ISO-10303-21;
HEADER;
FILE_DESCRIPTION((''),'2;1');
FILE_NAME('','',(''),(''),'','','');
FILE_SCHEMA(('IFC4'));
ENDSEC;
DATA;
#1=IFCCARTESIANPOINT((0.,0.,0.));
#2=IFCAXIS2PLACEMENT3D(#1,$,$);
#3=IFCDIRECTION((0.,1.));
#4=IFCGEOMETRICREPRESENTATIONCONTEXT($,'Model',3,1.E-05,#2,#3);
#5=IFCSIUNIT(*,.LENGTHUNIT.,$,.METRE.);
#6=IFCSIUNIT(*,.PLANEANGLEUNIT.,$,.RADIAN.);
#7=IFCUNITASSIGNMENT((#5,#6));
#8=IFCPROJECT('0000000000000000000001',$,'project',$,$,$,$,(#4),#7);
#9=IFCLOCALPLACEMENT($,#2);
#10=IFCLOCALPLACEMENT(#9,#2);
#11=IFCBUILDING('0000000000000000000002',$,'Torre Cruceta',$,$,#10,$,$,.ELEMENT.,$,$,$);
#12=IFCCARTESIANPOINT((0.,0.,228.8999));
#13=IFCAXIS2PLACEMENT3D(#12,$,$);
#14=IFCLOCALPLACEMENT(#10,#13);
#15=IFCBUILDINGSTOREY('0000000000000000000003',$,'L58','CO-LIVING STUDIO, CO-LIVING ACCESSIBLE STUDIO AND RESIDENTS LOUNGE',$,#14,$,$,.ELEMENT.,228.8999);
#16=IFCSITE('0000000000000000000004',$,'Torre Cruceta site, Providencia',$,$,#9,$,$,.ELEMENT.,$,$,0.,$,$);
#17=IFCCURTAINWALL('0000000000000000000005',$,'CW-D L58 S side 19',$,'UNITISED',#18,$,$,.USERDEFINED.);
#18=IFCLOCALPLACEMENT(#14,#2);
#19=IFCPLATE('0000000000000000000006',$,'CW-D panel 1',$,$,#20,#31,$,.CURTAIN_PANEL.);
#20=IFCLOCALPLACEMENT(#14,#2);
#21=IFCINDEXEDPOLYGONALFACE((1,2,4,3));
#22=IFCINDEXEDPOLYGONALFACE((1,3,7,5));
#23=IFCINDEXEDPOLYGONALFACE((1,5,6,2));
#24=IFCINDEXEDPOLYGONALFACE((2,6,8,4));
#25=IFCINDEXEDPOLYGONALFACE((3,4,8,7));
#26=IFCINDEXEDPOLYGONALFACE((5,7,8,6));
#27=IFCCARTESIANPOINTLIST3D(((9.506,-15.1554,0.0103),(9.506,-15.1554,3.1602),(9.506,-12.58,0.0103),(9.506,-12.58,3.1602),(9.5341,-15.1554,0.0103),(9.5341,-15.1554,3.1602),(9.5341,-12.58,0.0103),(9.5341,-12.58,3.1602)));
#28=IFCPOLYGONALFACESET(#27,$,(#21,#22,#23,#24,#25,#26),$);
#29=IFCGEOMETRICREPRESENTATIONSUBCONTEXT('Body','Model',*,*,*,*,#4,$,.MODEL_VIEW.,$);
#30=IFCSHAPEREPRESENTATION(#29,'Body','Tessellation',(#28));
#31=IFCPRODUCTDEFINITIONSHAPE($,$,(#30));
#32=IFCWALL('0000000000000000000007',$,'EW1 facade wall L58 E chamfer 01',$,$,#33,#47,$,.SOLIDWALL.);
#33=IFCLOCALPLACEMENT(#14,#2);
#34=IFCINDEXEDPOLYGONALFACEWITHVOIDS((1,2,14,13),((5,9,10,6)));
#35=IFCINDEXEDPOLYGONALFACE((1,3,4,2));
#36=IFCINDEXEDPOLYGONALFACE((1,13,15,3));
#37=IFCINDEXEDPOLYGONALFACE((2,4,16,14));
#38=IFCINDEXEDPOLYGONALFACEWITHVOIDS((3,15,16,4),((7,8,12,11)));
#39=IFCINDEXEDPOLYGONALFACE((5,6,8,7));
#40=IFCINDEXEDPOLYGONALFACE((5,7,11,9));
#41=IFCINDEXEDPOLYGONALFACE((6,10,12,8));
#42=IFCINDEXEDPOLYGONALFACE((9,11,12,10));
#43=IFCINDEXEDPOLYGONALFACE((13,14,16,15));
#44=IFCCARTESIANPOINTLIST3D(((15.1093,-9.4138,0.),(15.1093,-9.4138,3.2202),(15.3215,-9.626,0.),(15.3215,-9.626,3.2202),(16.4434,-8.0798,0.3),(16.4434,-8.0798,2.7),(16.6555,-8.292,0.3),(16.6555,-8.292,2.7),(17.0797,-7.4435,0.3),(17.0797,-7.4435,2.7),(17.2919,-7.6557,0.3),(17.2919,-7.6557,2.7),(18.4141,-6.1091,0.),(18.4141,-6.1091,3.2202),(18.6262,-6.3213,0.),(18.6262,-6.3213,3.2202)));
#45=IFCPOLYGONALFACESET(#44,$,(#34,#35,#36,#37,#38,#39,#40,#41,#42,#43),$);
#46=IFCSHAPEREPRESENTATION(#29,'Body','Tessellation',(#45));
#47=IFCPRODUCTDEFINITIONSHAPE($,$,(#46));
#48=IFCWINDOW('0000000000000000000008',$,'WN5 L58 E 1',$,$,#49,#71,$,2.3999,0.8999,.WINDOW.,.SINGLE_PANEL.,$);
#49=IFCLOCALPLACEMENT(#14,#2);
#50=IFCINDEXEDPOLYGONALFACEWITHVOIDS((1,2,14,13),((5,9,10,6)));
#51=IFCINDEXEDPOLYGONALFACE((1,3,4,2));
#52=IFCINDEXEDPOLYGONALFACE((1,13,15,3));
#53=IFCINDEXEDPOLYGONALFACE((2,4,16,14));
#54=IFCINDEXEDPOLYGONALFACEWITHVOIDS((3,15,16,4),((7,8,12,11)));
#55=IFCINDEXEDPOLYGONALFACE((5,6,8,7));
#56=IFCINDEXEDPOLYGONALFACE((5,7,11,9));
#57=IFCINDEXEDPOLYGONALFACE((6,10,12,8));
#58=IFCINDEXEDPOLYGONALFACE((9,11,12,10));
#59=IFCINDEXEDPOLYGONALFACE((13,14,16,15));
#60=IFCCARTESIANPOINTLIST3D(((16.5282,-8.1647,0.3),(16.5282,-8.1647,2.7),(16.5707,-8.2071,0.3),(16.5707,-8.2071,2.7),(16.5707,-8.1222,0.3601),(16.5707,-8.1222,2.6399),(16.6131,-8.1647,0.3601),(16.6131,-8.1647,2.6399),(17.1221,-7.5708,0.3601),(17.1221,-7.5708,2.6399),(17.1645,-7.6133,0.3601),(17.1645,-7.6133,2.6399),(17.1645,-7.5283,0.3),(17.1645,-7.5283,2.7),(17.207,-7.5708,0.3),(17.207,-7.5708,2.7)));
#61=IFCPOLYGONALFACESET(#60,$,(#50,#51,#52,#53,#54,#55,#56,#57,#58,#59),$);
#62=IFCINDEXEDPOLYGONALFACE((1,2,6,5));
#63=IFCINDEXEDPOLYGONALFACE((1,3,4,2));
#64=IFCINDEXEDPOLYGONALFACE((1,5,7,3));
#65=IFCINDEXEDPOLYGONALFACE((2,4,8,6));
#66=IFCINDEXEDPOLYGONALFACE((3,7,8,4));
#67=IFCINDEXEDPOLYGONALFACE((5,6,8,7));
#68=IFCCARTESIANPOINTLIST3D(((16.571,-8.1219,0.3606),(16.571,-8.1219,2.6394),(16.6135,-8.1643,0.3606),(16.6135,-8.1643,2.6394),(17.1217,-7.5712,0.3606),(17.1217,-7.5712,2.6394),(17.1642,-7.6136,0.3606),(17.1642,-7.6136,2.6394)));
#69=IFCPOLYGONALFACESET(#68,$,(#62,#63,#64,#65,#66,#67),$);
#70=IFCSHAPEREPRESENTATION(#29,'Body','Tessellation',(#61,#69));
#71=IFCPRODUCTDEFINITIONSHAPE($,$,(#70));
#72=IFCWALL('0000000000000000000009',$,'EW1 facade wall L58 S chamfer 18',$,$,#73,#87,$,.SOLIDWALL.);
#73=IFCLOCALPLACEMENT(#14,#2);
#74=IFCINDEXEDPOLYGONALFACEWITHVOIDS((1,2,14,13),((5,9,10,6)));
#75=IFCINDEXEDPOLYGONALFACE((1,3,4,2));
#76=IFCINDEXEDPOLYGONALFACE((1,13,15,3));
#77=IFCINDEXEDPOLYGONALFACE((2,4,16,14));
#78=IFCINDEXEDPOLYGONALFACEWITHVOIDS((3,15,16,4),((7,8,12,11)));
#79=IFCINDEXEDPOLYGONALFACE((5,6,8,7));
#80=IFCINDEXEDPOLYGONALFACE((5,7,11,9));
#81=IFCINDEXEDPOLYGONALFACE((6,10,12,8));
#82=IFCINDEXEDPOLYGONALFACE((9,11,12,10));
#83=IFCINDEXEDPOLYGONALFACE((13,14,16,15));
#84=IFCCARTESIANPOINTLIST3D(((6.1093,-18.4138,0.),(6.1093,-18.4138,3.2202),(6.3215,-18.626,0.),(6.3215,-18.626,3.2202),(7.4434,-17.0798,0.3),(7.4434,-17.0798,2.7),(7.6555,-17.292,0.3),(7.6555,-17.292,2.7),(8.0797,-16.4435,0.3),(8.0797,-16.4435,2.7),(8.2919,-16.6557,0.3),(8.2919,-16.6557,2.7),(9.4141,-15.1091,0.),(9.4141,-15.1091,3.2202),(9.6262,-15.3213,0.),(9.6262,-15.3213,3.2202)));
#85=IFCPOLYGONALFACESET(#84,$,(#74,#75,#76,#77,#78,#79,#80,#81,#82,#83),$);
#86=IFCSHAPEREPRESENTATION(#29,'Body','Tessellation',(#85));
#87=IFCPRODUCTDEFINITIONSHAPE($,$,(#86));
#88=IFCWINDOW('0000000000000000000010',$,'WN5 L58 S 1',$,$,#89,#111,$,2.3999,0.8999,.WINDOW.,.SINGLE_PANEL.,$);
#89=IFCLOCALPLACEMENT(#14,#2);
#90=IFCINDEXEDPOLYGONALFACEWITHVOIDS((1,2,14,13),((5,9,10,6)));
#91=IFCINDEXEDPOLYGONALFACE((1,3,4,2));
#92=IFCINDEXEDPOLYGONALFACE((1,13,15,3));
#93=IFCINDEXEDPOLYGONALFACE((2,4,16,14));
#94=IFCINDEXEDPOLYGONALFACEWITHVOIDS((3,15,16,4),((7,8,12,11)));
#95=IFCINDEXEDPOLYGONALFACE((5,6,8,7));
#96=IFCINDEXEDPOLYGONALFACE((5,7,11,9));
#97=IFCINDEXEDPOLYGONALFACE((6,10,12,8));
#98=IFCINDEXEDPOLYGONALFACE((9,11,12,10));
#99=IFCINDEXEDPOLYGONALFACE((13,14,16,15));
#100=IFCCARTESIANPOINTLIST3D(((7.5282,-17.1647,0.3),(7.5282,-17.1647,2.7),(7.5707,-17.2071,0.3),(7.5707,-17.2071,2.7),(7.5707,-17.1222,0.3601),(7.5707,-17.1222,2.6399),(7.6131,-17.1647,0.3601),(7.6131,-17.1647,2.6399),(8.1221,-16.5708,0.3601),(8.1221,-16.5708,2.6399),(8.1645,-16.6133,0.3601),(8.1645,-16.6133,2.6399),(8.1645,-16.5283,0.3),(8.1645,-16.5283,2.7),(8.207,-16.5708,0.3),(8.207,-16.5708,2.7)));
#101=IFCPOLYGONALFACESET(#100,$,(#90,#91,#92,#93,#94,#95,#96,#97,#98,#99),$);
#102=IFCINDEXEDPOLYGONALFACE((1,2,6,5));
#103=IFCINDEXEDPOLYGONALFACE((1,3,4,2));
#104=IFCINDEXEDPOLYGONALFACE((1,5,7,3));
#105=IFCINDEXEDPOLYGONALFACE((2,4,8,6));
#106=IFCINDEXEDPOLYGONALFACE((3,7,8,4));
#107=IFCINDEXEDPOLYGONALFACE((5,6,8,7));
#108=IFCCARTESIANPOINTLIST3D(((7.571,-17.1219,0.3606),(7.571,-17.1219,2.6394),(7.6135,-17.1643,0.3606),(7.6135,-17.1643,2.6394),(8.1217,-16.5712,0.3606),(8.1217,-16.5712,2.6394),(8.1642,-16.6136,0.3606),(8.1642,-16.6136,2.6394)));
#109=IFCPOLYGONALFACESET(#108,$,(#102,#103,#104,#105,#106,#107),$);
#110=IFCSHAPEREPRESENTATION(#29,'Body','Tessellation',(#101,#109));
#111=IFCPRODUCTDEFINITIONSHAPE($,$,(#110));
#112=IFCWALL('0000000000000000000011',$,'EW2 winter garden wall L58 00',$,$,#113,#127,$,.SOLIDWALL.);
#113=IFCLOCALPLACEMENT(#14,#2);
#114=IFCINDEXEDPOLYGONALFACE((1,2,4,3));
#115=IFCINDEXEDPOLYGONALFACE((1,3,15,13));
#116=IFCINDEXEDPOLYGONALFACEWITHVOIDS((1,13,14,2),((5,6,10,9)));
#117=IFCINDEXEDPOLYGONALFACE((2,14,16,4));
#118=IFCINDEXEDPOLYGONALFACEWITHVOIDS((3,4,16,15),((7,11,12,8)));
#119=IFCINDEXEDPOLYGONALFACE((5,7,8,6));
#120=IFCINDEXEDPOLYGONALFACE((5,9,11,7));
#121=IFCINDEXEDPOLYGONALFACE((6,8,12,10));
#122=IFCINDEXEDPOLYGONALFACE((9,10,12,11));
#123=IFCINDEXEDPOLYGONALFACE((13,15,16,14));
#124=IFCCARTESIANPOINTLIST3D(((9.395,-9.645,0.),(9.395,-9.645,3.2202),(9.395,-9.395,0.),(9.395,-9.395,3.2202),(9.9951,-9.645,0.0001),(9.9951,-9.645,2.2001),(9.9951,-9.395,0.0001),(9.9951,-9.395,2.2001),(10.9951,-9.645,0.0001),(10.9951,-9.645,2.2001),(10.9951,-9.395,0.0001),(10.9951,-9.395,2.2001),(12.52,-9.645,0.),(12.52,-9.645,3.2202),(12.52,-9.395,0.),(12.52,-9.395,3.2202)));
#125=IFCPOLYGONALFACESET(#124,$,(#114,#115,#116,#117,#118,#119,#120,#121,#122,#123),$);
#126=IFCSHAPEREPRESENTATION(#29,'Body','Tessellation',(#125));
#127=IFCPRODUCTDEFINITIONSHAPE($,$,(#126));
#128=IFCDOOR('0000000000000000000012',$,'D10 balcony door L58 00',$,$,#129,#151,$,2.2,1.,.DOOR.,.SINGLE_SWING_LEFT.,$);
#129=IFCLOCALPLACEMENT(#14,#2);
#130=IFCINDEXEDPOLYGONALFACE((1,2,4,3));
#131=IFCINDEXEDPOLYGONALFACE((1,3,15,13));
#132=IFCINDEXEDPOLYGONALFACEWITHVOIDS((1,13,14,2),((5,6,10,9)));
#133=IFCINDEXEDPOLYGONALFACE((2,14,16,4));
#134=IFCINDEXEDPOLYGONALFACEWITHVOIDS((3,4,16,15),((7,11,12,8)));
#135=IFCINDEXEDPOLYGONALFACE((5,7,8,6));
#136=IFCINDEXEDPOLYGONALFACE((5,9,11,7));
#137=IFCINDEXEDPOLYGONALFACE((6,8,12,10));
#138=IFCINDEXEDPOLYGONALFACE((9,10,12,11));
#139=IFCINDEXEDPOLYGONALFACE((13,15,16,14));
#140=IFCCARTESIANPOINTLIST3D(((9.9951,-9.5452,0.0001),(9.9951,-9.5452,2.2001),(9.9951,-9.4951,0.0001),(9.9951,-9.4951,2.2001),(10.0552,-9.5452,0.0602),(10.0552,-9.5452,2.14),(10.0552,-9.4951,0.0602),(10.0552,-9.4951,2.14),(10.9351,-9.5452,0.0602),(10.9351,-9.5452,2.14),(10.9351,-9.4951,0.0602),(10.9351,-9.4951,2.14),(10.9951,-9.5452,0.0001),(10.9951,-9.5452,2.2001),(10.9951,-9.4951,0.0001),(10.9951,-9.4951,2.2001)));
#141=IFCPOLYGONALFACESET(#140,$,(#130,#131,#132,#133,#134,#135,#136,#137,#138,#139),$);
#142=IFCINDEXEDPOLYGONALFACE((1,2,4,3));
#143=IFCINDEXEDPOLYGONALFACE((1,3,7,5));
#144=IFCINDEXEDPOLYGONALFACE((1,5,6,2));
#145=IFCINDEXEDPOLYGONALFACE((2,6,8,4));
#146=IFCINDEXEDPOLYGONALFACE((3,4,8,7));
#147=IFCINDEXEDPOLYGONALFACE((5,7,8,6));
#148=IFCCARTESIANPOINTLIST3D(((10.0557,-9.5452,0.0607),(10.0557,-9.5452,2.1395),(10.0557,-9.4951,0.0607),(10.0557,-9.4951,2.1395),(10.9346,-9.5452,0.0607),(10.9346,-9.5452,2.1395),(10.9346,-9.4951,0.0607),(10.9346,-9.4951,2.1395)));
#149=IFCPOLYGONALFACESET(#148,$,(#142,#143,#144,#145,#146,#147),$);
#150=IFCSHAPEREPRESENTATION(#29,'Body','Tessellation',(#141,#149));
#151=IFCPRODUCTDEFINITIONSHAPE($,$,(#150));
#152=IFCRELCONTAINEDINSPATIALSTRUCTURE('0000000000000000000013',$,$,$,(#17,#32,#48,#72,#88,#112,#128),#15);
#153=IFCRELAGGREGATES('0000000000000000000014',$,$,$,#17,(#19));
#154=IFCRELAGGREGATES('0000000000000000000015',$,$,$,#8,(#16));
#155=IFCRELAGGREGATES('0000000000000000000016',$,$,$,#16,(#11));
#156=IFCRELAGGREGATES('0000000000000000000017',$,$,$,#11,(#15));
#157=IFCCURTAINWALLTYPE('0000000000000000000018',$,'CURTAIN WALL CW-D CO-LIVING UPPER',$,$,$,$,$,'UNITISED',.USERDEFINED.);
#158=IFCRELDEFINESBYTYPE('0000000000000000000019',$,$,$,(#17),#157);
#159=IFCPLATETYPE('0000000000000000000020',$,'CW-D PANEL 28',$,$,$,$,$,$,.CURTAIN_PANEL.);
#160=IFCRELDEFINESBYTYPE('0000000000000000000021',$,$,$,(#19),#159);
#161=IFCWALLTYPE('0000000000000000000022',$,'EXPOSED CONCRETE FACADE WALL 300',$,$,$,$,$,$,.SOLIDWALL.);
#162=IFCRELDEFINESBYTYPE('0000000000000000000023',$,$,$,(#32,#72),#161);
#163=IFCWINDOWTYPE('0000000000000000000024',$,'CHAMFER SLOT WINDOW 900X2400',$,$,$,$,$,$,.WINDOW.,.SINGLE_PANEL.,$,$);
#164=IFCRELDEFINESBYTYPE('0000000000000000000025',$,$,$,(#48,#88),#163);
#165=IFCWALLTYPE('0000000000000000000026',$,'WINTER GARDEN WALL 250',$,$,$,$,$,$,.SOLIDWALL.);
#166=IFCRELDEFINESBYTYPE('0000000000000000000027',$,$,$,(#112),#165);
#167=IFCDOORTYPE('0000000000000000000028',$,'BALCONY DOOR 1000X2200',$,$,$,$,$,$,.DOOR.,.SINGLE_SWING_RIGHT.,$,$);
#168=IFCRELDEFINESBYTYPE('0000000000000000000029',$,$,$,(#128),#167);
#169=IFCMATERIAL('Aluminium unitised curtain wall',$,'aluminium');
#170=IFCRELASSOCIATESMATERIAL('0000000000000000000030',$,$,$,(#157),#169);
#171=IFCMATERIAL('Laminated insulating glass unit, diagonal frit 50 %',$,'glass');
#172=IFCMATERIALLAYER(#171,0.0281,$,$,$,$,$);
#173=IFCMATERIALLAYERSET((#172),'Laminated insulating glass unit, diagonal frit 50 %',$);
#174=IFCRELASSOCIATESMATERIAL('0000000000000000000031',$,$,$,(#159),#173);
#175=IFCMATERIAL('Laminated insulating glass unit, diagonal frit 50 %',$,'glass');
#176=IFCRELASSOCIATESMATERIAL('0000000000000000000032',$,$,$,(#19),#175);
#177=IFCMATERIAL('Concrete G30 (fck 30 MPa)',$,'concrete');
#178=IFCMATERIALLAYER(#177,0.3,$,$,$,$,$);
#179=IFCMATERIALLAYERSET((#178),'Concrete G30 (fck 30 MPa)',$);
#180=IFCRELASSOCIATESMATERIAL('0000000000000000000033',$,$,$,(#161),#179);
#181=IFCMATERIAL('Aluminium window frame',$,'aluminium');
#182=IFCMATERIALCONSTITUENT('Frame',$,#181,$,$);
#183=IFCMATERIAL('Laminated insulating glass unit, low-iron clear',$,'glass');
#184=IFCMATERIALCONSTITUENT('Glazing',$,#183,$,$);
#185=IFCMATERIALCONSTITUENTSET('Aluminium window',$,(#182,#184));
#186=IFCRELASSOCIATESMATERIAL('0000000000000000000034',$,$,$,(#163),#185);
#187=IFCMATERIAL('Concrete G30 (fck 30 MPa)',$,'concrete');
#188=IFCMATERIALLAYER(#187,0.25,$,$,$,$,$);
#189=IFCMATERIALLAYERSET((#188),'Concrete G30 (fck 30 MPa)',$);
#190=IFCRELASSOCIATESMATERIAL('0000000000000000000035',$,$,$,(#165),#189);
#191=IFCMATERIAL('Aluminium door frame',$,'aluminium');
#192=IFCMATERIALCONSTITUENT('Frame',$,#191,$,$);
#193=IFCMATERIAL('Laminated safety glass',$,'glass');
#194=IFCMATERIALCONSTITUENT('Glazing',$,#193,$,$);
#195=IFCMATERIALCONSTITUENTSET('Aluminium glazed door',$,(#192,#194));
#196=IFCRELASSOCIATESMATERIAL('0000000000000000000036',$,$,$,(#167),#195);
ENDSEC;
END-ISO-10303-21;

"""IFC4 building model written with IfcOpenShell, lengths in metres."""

from ifc_helpers import new_model, si_unit, direction, frame, frame_2d, origin, origin_2d, place, context, subcontext, project, spatial, rectangle, hollow_rectangle, extrude, material, layer, layer_set, constituent, constituent_set, type_object, element, fill, aggregate, save


model = new_model("IFC4")

# Units and contexts
model_context = context("Model", 3, precision=1e-05, world=origin(), true_north=direction((0.0, 1.0)))
body_context = subcontext(model_context, "Body", "Model", "MODEL_VIEW")
ifc_project = project(units=[si_unit("LENGTHUNIT", "METRE"), si_unit("PLANEANGLEUNIT", "RADIAN")], contexts=[model_context])

# Site, building, storey
site_placement = place(None, origin())
site = spatial("IfcSite", under=ifc_project, at=site_placement, Name="Torre Cruceta site, Providencia", CompositionType="ELEMENT", RefElevation=0.0)
building_placement = place(site_placement, origin())
building = spatial("IfcBuilding", under=site, at=building_placement, Name="Torre Cruceta", CompositionType="ELEMENT")
storey_placement = place(building_placement, frame((0.0, 0.0, 228.8999)))
storey = spatial("IfcBuildingStorey", under=building, at=storey_placement, Name="L58", Description="CO-LIVING STUDIO, CO-LIVING ACCESSIBLE STUDIO AND RESIDENTS LOUNGE", CompositionType="ELEMENT", Elevation=228.8999)

# Shared definitions
ifc_material_1 = material(Name="Aluminium unitised curtain wall", Category="aluminium")
curtain_wall_type = type_object("IfcCurtainWallType", Name="CURTAIN WALL CW-D CO-LIVING UPPER", ElementType="UNITISED", PredefinedType="USERDEFINED", material=ifc_material_1)

# Curtain wall
curtain_wall_1_placement = place(storey_placement, origin())
curtain_wall_1 = element("IfcCurtainWall", 1, at=curtain_wall_1_placement, inside=storey, type_object=curtain_wall_type, Name="CW-D L58 S side 19", ObjectType="UNITISED", PredefinedType="USERDEFINED")

# Plate
ifc_material_2 = material(Name="Laminated insulating glass unit, diagonal frit 50 %", Category="glass")
ifc_material_3 = material(Name="Laminated insulating glass unit, diagonal frit 50 %", Category="glass")
ifc_layer_1 = layer(ifc_material_3, 0.0281)
ifc_layer_set_1 = layer_set([ifc_layer_1], Name="Laminated insulating glass unit, diagonal frit 50 %")
plate_type = type_object("IfcPlateType", Name="CW-D PANEL 28", PredefinedType="CURTAIN_PANEL", material=ifc_layer_set_1)
plate_1_placement = place(storey_placement, frame((9.52, -13.8677, 0.0103), z_axis=(0.0, 0.0, 1.0), x_axis=(0.0, 1.0, 0.0)))
plate_1 = element("IfcPlate", 2, at=plate_1_placement, type_object=plate_type, material=ifc_material_2, Name="CW-D panel 1", PredefinedType="CURTAIN_PANEL", context=body_context, shape_type="SweptSolid", body=[
    extrude(rectangle(XDim=2.5754, YDim=0.0281, at=origin_2d()), origin(), (0.0, 0.0, 1.0), 3.1499),
])
aggregate(curtain_wall_1, [plate_1])

# Walls, openings, windows
ifc_material_4 = material(Name="Concrete G30 (fck 30 MPa)", Category="concrete")
ifc_layer_2 = layer(ifc_material_4, 0.3)
ifc_layer_set_2 = layer_set([ifc_layer_2], Name="Concrete G30 (fck 30 MPa)")
wall_type_1 = type_object("IfcWallType", Name="EXPOSED CONCRETE FACADE WALL 300", PredefinedType="SOLIDWALL", material=ifc_layer_set_2)
wall_1_placement = place(storey_placement, frame((15.2153, -9.52, 0.0), z_axis=(0.0, 0.0, 1.0), x_axis=(0.707107, 0.707107, 0.0)))
wall_1 = element("IfcWall", 3, at=wall_1_placement, inside=storey, type_object=wall_type_1, Name="EW1 facade wall L58 E chamfer 01", PredefinedType="SOLIDWALL", context=body_context, shape_type="SweptSolid", body=[
    extrude(rectangle(XDim=4.6736, YDim=0.3, at=frame_2d((2.3369, 0.0))), origin(), (0.0, 0.0, 1.0), 3.2202),
])
opening_1_placement = place(wall_1_placement, frame((1.8867, 0.0, 0.3)))
opening_1 = element("IfcOpeningElement", 4, at=opening_1_placement, cuts=wall_1, PredefinedType="OPENING", context=body_context, shape_type="SweptSolid", body=[
    extrude(rectangle(XDim=0.8999, YDim=2.3999, at=frame_2d((0.45, 1.2))), frame((0.0, 0.1599, 0.0), z_axis=(0.0, -1.0, 0.0), x_axis=(1.0, 0.0, 0.0)), (0.0, 0.0, 1.0), 0.3201),
])
ifc_material_5 = material(Name="Aluminium window frame", Category="aluminium")
ifc_constituent_1 = constituent(ifc_material_5, Name="Frame")
ifc_material_6 = material(Name="Laminated insulating glass unit, low-iron clear", Category="glass")
ifc_constituent_2 = constituent(ifc_material_6, Name="Glazing")
ifc_constituent_set_1 = constituent_set(constituents=[ifc_constituent_1, ifc_constituent_2], Name="Aluminium window")
window_type = type_object("IfcWindowType", Name="CHAMFER SLOT WINDOW 900X2400", PartitioningType="SINGLE_PANEL", PredefinedType="WINDOW", material=ifc_constituent_set_1)
window_1_placement = place(opening_1_placement, origin())
window_1 = element("IfcWindow", 5, at=window_1_placement, inside=storey, type_object=window_type, Name="WN5 L58 E 1", OverallHeight=2.3999, OverallWidth=0.8999, PartitioningType="SINGLE_PANEL", PredefinedType="WINDOW", context=body_context, shape_type="SweptSolid", body=[
    extrude(hollow_rectangle(XDim=0.8999, YDim=2.3999, WallThickness=0.0601, at=frame_2d((0.45, 1.2))), frame((0.0, 0.03, 0.0), z_axis=(0.0, -1.0, 0.0), x_axis=(1.0, 0.0, 0.0)), (0.0, 0.0, 1.0), 0.0601),
    extrude(rectangle(XDim=0.7788, YDim=2.2788, at=frame_2d((0.45, 1.2))), frame((0.0, 0.03, 0.0), z_axis=(0.0, -1.0, 0.0), x_axis=(1.0, 0.0, 0.0)), (0.0, 0.0, 1.0), 0.0601),
])
fill(opening_1, window_1)
wall_2_placement = place(storey_placement, frame((6.2153, -18.52, 0.0), z_axis=(0.0, 0.0, 1.0), x_axis=(0.707107, 0.707107, 0.0)))
wall_2 = element("IfcWall", 6, at=wall_2_placement, inside=storey, type_object=wall_type_1, Name="EW1 facade wall L58 S chamfer 18", PredefinedType="SOLIDWALL", context=body_context, shape_type="SweptSolid", body=[
    extrude(rectangle(XDim=4.6736, YDim=0.3, at=frame_2d((2.3369, 0.0))), origin(), (0.0, 0.0, 1.0), 3.2202),
])
opening_2_placement = place(wall_2_placement, frame((1.8867, 0.0, 0.3)))
opening_2 = element("IfcOpeningElement", 7, at=opening_2_placement, cuts=wall_2, PredefinedType="OPENING", context=body_context, shape_type="SweptSolid", body=[
    extrude(rectangle(XDim=0.8999, YDim=2.3999, at=frame_2d((0.45, 1.2))), frame((0.0, 0.1599, 0.0), z_axis=(0.0, -1.0, 0.0), x_axis=(1.0, 0.0, 0.0)), (0.0, 0.0, 1.0), 0.3201),
])
window_2_placement = place(opening_2_placement, origin())
window_2 = element("IfcWindow", 8, at=window_2_placement, inside=storey, type_object=window_type, Name="WN5 L58 S 1", OverallHeight=2.3999, OverallWidth=0.8999, PartitioningType="SINGLE_PANEL", PredefinedType="WINDOW", context=body_context, shape_type="SweptSolid", body=[
    extrude(hollow_rectangle(XDim=0.8999, YDim=2.3999, WallThickness=0.0601, at=frame_2d((0.45, 1.2))), frame((0.0, 0.03, 0.0), z_axis=(0.0, -1.0, 0.0), x_axis=(1.0, 0.0, 0.0)), (0.0, 0.0, 1.0), 0.0601),
    extrude(rectangle(XDim=0.7788, YDim=2.2788, at=frame_2d((0.45, 1.2))), frame((0.0, 0.03, 0.0), z_axis=(0.0, -1.0, 0.0), x_axis=(1.0, 0.0, 0.0)), (0.0, 0.0, 1.0), 0.0601),
])
fill(opening_2, window_2)

# Wall, opening, door
ifc_material_7 = material(Name="Concrete G30 (fck 30 MPa)", Category="concrete")
ifc_layer_3 = layer(ifc_material_7, 0.25)
ifc_layer_set_3 = layer_set([ifc_layer_3], Name="Concrete G30 (fck 30 MPa)")
wall_type_2 = type_object("IfcWallType", Name="WINTER GARDEN WALL 250", PredefinedType="SOLIDWALL", material=ifc_layer_set_3)
wall_3_placement = place(storey_placement, frame((9.395, -9.52, 0.0), z_axis=(0.0, 0.0, 1.0), x_axis=(1.0, 0.0, 0.0)))
wall_3 = element("IfcWall", 9, at=wall_3_placement, inside=storey, type_object=wall_type_2, Name="EW2 winter garden wall L58 00", PredefinedType="SOLIDWALL", context=body_context, shape_type="SweptSolid", body=[
    extrude(rectangle(XDim=3.125, YDim=0.25, at=frame_2d((1.5625, 0.0))), origin(), (0.0, 0.0, 1.0), 3.2202),
])
opening_3_placement = place(wall_3_placement, frame((0.6001, 0.0, 0.0)))
opening_3 = element("IfcOpeningElement", 10, at=opening_3_placement, cuts=wall_3, PredefinedType="OPENING", context=body_context, shape_type="SweptSolid", body=[
    extrude(rectangle(XDim=1.0, YDim=2.2, at=frame_2d((0.5, 1.1001))), frame((0.0, 0.135, 0.0), z_axis=(0.0, -1.0, 0.0), x_axis=(1.0, 0.0, 0.0)), (0.0, 0.0, 1.0), 0.27),
])
ifc_material_8 = material(Name="Aluminium door frame", Category="aluminium")
ifc_constituent_3 = constituent(ifc_material_8, Name="Frame")
ifc_material_9 = material(Name="Laminated safety glass", Category="glass")
ifc_constituent_4 = constituent(ifc_material_9, Name="Glazing")
ifc_constituent_set_2 = constituent_set(constituents=[ifc_constituent_3, ifc_constituent_4], Name="Aluminium glazed door")
door_type_1 = type_object("IfcDoorType", Name="BALCONY DOOR 1000X2200", OperationType="SINGLE_SWING_RIGHT", PredefinedType="DOOR", material=ifc_constituent_set_2)
door_1_placement = place(opening_3_placement, origin())
door_1 = element("IfcDoor", 11, at=door_1_placement, inside=storey, type_object=door_type_1, Name="D10 balcony door L58 00", OperationType="SINGLE_SWING_LEFT", OverallHeight=2.2, OverallWidth=1.0, PredefinedType="DOOR", context=body_context, shape_type="SweptSolid", body=[
    extrude(hollow_rectangle(XDim=1.0, YDim=2.2, WallThickness=0.0601, at=frame_2d((0.5, 1.1001))), frame((0.0, 0.0249, 0.0), z_axis=(0.0, -1.0, 0.0), x_axis=(1.0, 0.0, 0.0)), (0.0, 0.0, 1.0), 0.05),
    extrude(rectangle(XDim=0.8789, YDim=2.0789, at=frame_2d((0.5, 1.1001))), frame((0.0, 0.0249, 0.0), z_axis=(0.0, -1.0, 0.0), x_axis=(1.0, 0.0, 0.0)), (0.0, 0.0, 1.0), 0.05),
])
fill(opening_3, door_1)

save(model, "model.ifc")
